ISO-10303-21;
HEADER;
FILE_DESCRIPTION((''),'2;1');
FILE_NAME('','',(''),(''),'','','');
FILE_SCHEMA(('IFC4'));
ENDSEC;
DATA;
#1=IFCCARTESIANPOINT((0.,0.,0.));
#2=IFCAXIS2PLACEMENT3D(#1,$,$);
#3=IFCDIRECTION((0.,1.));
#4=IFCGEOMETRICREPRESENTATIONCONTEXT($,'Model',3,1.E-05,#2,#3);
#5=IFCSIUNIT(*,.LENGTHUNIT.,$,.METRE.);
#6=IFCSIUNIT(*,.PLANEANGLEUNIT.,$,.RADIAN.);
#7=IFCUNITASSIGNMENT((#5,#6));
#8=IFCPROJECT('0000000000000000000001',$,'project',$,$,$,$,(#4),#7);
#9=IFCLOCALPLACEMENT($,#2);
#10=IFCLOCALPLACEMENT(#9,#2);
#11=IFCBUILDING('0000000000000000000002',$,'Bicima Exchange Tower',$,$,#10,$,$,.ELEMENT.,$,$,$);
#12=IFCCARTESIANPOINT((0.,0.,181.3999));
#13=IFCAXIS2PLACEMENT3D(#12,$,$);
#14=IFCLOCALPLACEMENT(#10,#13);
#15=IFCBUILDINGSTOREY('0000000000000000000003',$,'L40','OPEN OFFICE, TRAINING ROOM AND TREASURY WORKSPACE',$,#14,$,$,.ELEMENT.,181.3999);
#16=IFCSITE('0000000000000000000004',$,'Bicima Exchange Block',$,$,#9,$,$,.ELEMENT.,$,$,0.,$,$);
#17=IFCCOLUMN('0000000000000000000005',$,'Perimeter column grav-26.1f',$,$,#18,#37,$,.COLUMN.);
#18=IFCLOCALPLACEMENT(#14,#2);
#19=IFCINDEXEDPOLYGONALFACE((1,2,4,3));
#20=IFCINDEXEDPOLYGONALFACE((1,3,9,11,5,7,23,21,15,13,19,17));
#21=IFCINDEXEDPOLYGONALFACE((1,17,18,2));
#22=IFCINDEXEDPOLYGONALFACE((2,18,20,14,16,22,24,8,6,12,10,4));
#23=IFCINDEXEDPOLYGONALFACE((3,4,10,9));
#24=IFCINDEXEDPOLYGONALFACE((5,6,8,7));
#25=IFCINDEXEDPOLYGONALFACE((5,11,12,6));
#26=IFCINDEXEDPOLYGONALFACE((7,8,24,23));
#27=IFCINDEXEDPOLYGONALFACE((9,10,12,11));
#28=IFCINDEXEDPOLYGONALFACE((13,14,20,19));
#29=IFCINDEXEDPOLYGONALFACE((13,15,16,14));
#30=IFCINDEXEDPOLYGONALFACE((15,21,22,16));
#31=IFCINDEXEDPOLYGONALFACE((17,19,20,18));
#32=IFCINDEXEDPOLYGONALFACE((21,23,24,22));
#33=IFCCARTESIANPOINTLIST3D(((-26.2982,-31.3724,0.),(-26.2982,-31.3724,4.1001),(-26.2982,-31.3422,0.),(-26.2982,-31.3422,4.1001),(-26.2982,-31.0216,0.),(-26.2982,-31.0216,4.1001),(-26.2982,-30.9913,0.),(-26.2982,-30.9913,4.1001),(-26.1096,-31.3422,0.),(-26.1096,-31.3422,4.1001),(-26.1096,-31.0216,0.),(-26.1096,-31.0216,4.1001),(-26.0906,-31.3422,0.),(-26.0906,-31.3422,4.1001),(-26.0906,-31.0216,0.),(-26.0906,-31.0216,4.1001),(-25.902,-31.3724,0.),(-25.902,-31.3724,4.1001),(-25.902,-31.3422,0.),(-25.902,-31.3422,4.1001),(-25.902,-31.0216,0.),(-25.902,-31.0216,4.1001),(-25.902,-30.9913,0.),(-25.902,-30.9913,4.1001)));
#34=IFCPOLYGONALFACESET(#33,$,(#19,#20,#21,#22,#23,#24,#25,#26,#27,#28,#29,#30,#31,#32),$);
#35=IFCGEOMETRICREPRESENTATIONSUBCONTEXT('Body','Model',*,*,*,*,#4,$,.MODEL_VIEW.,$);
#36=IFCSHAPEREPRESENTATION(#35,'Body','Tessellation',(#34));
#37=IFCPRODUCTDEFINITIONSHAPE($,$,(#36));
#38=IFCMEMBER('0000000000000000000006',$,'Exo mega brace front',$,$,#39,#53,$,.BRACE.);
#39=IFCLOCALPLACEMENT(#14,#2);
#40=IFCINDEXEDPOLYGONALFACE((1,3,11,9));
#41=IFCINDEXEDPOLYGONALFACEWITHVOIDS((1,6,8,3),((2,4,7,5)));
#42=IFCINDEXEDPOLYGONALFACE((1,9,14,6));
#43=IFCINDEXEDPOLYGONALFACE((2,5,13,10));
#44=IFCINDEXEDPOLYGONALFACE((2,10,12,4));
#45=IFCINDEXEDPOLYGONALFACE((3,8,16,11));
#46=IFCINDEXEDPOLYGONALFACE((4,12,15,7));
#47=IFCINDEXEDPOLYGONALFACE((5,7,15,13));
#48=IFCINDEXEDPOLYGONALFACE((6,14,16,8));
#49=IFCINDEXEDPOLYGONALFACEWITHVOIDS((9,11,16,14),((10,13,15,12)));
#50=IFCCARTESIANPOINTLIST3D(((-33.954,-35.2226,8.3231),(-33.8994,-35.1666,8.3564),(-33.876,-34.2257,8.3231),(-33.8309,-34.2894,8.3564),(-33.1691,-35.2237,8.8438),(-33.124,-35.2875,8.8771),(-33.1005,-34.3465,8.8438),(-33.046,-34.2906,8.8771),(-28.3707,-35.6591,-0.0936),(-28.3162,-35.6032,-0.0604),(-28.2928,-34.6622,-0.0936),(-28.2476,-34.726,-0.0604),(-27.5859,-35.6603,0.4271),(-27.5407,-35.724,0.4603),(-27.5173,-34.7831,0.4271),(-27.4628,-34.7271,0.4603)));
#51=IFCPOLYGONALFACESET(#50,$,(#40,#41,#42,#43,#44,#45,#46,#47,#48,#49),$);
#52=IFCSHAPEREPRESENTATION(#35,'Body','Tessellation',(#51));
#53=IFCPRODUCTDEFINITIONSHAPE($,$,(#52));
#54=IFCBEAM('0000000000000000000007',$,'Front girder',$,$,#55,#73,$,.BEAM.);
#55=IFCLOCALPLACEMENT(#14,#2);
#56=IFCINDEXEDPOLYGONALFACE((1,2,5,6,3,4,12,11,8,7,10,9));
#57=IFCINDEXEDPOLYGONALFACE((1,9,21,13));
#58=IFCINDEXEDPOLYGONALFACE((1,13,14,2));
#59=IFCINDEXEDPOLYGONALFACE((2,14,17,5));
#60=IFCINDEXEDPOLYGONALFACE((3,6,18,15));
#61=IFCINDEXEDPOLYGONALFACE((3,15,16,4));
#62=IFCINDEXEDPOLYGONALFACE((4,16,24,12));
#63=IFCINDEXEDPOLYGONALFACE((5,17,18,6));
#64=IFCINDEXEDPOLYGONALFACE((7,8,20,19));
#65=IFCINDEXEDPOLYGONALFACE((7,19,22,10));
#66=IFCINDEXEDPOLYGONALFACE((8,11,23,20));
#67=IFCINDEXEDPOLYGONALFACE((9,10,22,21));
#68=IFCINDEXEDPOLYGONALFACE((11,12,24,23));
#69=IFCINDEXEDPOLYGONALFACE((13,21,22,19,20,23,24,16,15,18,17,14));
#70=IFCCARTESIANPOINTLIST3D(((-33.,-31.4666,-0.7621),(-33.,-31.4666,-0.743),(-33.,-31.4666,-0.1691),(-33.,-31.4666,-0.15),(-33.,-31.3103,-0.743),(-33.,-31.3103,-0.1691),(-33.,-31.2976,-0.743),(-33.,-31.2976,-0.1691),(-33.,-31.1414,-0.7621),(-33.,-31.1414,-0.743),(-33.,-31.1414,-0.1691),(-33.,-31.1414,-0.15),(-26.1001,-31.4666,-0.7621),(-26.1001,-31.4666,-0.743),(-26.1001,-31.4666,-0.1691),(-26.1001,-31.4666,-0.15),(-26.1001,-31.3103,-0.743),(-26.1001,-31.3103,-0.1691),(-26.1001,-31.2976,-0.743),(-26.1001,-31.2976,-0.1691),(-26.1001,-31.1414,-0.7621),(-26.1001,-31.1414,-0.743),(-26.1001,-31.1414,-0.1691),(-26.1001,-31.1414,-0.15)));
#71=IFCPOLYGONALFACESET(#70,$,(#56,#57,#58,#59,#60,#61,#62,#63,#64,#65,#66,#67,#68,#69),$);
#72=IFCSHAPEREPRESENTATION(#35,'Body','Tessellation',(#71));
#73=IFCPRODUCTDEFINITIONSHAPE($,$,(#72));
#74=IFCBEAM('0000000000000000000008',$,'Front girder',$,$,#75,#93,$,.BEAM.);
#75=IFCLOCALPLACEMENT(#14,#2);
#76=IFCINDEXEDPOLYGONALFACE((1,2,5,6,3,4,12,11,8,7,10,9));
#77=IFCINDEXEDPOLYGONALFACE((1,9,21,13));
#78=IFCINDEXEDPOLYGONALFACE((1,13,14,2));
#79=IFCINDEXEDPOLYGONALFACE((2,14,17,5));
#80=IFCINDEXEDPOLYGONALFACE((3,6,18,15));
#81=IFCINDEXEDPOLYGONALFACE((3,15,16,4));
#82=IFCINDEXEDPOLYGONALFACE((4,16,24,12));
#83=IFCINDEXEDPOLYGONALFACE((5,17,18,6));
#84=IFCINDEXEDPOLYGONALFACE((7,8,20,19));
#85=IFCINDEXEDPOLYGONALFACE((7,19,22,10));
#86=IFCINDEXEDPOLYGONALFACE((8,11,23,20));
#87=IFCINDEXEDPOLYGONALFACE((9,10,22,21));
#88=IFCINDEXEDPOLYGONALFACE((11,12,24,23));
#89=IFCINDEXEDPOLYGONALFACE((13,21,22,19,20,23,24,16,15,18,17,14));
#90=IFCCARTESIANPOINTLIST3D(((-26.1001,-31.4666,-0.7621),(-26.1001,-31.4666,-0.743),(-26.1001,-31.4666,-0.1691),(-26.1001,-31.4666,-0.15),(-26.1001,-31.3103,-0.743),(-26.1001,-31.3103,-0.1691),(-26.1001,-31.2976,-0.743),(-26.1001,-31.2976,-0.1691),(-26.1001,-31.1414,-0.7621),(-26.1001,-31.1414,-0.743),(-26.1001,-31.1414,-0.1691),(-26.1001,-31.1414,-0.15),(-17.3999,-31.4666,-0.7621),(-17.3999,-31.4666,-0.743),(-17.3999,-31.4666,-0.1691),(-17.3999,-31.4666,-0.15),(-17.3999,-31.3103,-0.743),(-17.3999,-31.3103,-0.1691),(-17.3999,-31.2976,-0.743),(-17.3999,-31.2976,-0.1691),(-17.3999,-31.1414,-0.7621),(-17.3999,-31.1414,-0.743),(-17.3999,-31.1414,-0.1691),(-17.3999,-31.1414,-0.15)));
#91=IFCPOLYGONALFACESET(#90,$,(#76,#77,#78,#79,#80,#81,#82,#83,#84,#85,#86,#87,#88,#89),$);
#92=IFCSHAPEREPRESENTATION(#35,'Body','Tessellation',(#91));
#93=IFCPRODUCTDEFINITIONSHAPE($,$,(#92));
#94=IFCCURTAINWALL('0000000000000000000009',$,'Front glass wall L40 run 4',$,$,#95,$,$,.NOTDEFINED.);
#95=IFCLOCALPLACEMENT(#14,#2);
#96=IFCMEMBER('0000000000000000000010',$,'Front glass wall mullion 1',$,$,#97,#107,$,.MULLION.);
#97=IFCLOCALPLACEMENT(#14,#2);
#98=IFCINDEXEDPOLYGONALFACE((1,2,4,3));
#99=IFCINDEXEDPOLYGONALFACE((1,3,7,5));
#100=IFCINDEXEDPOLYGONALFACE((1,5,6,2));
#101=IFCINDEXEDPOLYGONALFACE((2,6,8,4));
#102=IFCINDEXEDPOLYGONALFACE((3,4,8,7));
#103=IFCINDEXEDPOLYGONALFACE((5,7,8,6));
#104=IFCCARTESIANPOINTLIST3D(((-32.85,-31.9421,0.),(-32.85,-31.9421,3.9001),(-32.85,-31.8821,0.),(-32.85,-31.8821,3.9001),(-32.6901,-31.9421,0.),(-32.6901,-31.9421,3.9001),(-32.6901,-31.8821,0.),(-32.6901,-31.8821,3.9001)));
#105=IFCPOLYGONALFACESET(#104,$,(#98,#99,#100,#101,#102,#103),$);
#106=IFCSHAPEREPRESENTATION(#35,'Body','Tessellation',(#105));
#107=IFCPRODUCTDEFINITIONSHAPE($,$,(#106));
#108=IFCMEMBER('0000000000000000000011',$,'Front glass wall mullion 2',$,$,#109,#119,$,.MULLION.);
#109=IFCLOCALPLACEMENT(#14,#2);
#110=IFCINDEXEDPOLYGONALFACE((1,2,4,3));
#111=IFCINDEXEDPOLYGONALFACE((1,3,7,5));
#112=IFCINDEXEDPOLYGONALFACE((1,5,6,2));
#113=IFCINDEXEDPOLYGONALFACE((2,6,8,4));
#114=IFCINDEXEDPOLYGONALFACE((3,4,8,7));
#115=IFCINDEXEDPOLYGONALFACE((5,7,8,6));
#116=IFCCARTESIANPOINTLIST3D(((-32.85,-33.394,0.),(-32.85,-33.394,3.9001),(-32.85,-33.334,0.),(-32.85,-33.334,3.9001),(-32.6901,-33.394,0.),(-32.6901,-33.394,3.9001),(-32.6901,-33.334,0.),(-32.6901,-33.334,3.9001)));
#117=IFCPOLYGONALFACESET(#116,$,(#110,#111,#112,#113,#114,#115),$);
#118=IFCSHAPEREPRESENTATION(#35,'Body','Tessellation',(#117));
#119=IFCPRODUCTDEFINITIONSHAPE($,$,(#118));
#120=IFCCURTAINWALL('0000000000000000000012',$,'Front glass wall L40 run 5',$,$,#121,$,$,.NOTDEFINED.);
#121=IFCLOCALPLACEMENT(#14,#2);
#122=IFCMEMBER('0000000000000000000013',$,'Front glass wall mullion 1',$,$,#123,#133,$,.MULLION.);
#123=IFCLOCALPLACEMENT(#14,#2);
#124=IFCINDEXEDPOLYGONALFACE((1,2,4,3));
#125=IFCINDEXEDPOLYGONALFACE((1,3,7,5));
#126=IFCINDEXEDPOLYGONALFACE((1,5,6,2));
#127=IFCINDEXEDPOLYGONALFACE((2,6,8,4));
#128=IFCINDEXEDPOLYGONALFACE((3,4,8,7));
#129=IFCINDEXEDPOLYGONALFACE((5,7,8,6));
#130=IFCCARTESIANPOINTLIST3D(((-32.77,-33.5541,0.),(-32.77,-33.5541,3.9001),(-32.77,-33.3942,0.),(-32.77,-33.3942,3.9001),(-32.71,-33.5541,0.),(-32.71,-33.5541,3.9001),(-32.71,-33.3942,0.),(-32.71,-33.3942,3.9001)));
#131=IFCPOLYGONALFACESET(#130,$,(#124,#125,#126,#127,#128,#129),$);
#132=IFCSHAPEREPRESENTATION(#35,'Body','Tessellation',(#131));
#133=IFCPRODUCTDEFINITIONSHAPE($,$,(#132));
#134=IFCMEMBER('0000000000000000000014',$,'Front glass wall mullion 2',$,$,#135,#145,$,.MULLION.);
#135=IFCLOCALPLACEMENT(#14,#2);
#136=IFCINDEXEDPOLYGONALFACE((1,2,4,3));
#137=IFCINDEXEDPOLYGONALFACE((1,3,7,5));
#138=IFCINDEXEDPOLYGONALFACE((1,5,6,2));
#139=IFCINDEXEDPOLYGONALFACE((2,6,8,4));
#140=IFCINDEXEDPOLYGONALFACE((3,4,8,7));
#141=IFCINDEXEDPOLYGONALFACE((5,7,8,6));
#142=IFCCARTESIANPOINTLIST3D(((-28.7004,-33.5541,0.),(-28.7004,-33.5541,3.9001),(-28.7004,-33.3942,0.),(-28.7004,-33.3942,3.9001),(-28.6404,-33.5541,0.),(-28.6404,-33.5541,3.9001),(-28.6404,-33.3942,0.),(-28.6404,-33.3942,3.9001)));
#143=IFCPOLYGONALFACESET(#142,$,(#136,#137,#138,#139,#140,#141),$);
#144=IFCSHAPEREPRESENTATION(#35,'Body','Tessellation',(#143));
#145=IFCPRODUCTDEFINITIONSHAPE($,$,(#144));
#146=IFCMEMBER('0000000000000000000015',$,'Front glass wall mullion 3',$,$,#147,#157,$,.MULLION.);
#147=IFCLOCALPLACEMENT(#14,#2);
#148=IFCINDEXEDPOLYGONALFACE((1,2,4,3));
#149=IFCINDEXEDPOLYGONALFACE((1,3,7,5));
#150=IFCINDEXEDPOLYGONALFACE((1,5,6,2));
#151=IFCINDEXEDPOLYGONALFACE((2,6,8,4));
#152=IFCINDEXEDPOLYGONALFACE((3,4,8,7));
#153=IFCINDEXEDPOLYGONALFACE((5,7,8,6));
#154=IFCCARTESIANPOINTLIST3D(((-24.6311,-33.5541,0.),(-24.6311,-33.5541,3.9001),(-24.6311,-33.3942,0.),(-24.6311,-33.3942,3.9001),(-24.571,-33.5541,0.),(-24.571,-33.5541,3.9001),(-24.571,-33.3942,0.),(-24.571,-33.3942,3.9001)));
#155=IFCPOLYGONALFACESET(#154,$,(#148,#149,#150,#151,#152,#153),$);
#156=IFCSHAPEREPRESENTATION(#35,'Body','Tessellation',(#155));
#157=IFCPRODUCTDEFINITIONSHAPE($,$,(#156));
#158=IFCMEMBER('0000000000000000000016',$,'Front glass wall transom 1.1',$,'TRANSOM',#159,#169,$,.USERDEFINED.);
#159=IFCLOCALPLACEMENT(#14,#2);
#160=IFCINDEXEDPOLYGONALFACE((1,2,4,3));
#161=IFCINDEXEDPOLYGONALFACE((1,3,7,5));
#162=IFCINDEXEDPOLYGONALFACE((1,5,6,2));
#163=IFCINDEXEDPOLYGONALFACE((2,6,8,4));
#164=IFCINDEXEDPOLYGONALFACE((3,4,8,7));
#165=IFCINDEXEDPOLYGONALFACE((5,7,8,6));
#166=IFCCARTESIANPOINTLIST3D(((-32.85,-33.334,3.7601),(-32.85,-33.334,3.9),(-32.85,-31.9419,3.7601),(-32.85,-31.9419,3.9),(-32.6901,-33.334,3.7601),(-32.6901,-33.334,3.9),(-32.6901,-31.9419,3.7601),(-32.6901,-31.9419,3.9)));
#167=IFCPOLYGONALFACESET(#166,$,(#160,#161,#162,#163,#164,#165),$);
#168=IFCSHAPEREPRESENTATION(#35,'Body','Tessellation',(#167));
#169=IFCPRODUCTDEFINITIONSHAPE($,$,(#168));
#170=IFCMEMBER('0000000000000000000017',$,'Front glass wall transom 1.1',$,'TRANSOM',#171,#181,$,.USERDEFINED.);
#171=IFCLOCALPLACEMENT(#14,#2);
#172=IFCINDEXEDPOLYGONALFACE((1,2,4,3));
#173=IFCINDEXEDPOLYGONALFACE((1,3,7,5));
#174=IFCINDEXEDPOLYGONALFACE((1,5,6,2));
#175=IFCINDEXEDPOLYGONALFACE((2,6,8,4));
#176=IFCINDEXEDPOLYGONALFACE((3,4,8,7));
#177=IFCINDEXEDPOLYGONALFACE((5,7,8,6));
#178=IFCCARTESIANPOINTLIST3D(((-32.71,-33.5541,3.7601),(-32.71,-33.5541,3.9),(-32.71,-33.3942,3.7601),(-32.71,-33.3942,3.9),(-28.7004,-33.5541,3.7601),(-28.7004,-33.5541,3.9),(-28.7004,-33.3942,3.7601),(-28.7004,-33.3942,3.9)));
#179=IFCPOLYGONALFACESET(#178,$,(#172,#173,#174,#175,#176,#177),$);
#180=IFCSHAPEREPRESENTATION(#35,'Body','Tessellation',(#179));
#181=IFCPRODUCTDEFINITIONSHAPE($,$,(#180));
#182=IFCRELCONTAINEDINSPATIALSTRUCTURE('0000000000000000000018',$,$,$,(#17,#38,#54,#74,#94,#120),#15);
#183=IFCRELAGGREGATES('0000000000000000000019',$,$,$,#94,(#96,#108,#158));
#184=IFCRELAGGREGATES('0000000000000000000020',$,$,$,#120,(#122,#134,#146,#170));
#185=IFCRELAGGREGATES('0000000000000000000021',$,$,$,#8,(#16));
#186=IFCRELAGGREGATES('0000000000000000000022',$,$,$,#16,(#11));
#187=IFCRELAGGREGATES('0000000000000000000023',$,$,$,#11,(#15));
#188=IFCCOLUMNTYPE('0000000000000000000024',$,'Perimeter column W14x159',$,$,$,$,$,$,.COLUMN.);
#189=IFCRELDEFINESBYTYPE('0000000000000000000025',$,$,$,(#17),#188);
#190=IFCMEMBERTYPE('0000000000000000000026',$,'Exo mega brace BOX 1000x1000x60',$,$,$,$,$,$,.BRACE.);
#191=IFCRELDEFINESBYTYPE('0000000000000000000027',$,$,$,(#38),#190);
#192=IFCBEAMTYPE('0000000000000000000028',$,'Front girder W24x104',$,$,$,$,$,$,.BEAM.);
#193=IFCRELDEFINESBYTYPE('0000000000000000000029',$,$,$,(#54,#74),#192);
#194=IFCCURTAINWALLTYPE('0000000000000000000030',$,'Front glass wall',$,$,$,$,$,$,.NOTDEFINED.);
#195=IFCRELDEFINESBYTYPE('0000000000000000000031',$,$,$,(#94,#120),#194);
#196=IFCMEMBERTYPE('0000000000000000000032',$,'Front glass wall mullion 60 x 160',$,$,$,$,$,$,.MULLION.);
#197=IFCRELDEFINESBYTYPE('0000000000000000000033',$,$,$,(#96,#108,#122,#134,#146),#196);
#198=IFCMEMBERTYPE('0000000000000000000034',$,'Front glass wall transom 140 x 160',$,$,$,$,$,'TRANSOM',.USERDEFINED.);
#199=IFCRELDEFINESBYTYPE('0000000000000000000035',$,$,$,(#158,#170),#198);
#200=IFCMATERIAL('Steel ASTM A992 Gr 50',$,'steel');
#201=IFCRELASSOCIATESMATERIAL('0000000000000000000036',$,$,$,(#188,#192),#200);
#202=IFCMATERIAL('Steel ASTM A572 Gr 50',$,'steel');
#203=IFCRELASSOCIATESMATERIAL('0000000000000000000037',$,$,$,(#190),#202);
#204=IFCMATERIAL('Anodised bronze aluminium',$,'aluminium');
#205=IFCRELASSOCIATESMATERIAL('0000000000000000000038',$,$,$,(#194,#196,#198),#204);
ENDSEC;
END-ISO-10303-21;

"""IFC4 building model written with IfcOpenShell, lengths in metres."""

from ifc_helpers import new_model, si_unit, direction, frame, origin, origin_2d, place, context, subcontext, project, spatial, rectangle, hollow_rectangle, i_section, extrude, material, material_profile, profile_set, type_object, element, aggregate, save


model = new_model("IFC4")

# Units and contexts
model_context = context("Model", 3, precision=1e-05, world=origin(), true_north=direction((0.0, 1.0)))
body_context = subcontext(model_context, "Body", "Model", "MODEL_VIEW")
ifc_project = project(units=[si_unit("LENGTHUNIT", "METRE"), si_unit("PLANEANGLEUNIT", "RADIAN")], contexts=[model_context])

# Site, building, storey
site_placement = place(None, origin())
site = spatial("IfcSite", under=ifc_project, at=site_placement, Name="Bicima Exchange Block", CompositionType="ELEMENT", RefElevation=0.0)
building_placement = place(site_placement, origin())
building = spatial("IfcBuilding", under=site, at=building_placement, Name="Bicima Exchange Tower", CompositionType="ELEMENT")
storey_placement = place(building_placement, frame((0.0, 0.0, 181.3999)))
storey = spatial("IfcBuildingStorey", under=building, at=storey_placement, Name="L40", Description="OPEN OFFICE, TRAINING ROOM AND TREASURY WORKSPACE", CompositionType="ELEMENT", Elevation=181.3999)

# Column
ifc_material_1 = material(Name="Steel ASTM A992 Gr 50", Category="steel")
ifc_material_profile_1 = material_profile(ifc_material_1, i_section(OverallWidth=0.3962, OverallDepth=0.3811, WebThickness=0.019, FlangeThickness=0.0303, at=origin_2d()))
ifc_profile_set_1 = profile_set([ifc_material_profile_1], Name="Steel ASTM A992 Gr 50")
column_type = type_object("IfcColumnType", Name="Perimeter column W14x159", PredefinedType="COLUMN", material=ifc_profile_set_1)
column_placement = place(storey_placement, frame((-26.1001, -31.1819, 0.0), z_axis=(0.0, 0.0, 1.0), x_axis=(1.0, 0.0, 0.0)))
element("IfcColumn", 1, at=column_placement, inside=storey, type_object=column_type, Name="Perimeter column grav-26.1f", PredefinedType="COLUMN", context=body_context, shape_type="SweptSolid", body=[
    extrude(i_section(OverallWidth=0.3962, OverallDepth=0.3811, WebThickness=0.019, FlangeThickness=0.0303, at=origin_2d()), origin(), (0.0, 0.0, 1.0), 4.1001),
])

# Member
ifc_material_2 = material(Name="Steel ASTM A572 Gr 50", Category="steel")
ifc_material_profile_2 = material_profile(ifc_material_2, hollow_rectangle(XDim=1.0, YDim=1.0, WallThickness=0.0601, at=origin_2d()))
ifc_profile_set_2 = profile_set([ifc_material_profile_2], Name="Steel ASTM A572 Gr 50")
member_type_1 = type_object("IfcMemberType", Name="Exo mega brace BOX 1000x1000x60", PredefinedType="BRACE", material=ifc_profile_set_2)
member_1_placement = place(storey_placement, frame((-27.9167, -35.1931, 0.1833), z_axis=(-0.55227, 0.043179, 0.832546), x_axis=(-0.077947, -0.996958, 0.0)))
element("IfcMember", 2, at=member_1_placement, inside=storey, type_object=member_type_1, Name="Exo mega brace front", PredefinedType="BRACE", context=body_context, shape_type="SweptSolid", body=[
    extrude(hollow_rectangle(XDim=1.0, YDim=1.0, WallThickness=0.0601, at=origin_2d()), origin(), (0.0, 0.0, 1.0), 10.1096),
])

# Beams
ifc_material_profile_3 = material_profile(ifc_material_1, i_section(OverallWidth=0.3252, OverallDepth=0.6121, WebThickness=0.0127, FlangeThickness=0.019, at=origin_2d()))
ifc_profile_set_3 = profile_set([ifc_material_profile_3], Name="Steel ASTM A992 Gr 50")
beam_type = type_object("IfcBeamType", Name="Front girder W24x104", PredefinedType="BEAM", material=ifc_profile_set_3)
beam_1_placement = place(storey_placement, frame((-33.0, -31.304, -0.4561), z_axis=(1.0, 0.0, 0.0), x_axis=(0.0, 1.0, 0.0)))
element("IfcBeam", 3, at=beam_1_placement, inside=storey, type_object=beam_type, Name="Front girder", PredefinedType="BEAM", context=body_context, shape_type="SweptSolid", body=[
    extrude(i_section(OverallWidth=0.3252, OverallDepth=0.6121, WebThickness=0.0127, FlangeThickness=0.019, at=origin_2d()), origin(), (0.0, 0.0, 1.0), 6.8999),
])
beam_2_placement = place(storey_placement, frame((-26.1001, -31.304, -0.4561), z_axis=(1.0, 0.0, 0.0), x_axis=(0.0, 1.0, 0.0)))
element("IfcBeam", 4, at=beam_2_placement, inside=storey, type_object=beam_type, Name="Front girder", PredefinedType="BEAM", context=body_context, shape_type="SweptSolid", body=[
    extrude(i_section(OverallWidth=0.3252, OverallDepth=0.6121, WebThickness=0.0127, FlangeThickness=0.019, at=origin_2d()), origin(), (0.0, 0.0, 1.0), 8.7002),
])

# Curtain walls, members
ifc_material_3 = material(Name="Anodised bronze aluminium", Category="aluminium")
curtain_wall_type = type_object("IfcCurtainWallType", Name="Front glass wall", PredefinedType="NOTDEFINED", material=ifc_material_3)
curtain_wall_1_placement = place(storey_placement, origin())
curtain_wall_1 = element("IfcCurtainWall", 5, at=curtain_wall_1_placement, inside=storey, type_object=curtain_wall_type, Name="Front glass wall L40 run 4", PredefinedType="NOTDEFINED")
ifc_material_profile_4 = material_profile(ifc_material_3, rectangle(XDim=0.1599, YDim=0.0601, at=origin_2d()))
ifc_profile_set_4 = profile_set([ifc_material_profile_4], Name="Anodised bronze aluminium")
member_type_2 = type_object("IfcMemberType", Name="Front glass wall mullion 60 x 160", PredefinedType="MULLION", material=ifc_profile_set_4)
member_2_placement = place(storey_placement, frame((-32.77, -31.9121, 0.0), z_axis=(0.0, 0.0, 1.0), x_axis=(1.0, 0.0, 0.0)))
member_2 = element("IfcMember", 6, at=member_2_placement, type_object=member_type_2, Name="Front glass wall mullion 1", PredefinedType="MULLION", context=body_context, shape_type="SweptSolid", body=[
    extrude(rectangle(XDim=0.1599, YDim=0.0601, at=origin_2d()), origin(), (0.0, 0.0, 1.0), 3.9001),
])
member_3_placement = place(storey_placement, frame((-32.77, -33.364, 0.0), z_axis=(0.0, 0.0, 1.0), x_axis=(1.0, 0.0, 0.0)))
member_3 = element("IfcMember", 7, at=member_3_placement, type_object=member_type_2, Name="Front glass wall mullion 2", PredefinedType="MULLION", context=body_context, shape_type="SweptSolid", body=[
    extrude(rectangle(XDim=0.1599, YDim=0.0601, at=origin_2d()), origin(), (0.0, 0.0, 1.0), 3.9001),
])
curtain_wall_2_placement = place(storey_placement, origin())
curtain_wall_2 = element("IfcCurtainWall", 8, at=curtain_wall_2_placement, inside=storey, type_object=curtain_wall_type, Name="Front glass wall L40 run 5", PredefinedType="NOTDEFINED")
member_4_placement = place(storey_placement, frame((-32.74, -33.4741, 0.0), z_axis=(0.0, 0.0, 1.0), x_axis=(0.0, 1.0, 0.0)))
member_4 = element("IfcMember", 9, at=member_4_placement, type_object=member_type_2, Name="Front glass wall mullion 1", PredefinedType="MULLION", context=body_context, shape_type="SweptSolid", body=[
    extrude(rectangle(XDim=0.1599, YDim=0.0601, at=origin_2d()), origin(), (0.0, 0.0, 1.0), 3.9001),
])
member_5_placement = place(storey_placement, frame((-28.6704, -33.4741, 0.0), z_axis=(0.0, 0.0, 1.0), x_axis=(0.0, 1.0, 0.0)))
member_5 = element("IfcMember", 10, at=member_5_placement, type_object=member_type_2, Name="Front glass wall mullion 2", PredefinedType="MULLION", context=body_context, shape_type="SweptSolid", body=[
    extrude(rectangle(XDim=0.1599, YDim=0.0601, at=origin_2d()), origin(), (0.0, 0.0, 1.0), 3.9001),
])
member_6_placement = place(storey_placement, frame((-24.6011, -33.4741, 0.0), z_axis=(0.0, 0.0, 1.0), x_axis=(0.0, 1.0, 0.0)))
member_6 = element("IfcMember", 11, at=member_6_placement, type_object=member_type_2, Name="Front glass wall mullion 3", PredefinedType="MULLION", context=body_context, shape_type="SweptSolid", body=[
    extrude(rectangle(XDim=0.1599, YDim=0.0601, at=origin_2d()), origin(), (0.0, 0.0, 1.0), 3.9001),
])

# Members
ifc_material_profile_5 = material_profile(ifc_material_3, rectangle(XDim=0.1599, YDim=0.1399, at=origin_2d()))
ifc_profile_set_5 = profile_set([ifc_material_profile_5], Name="Anodised bronze aluminium")
member_type_3 = type_object("IfcMemberType", Name="Front glass wall transom 140 x 160", ElementType="TRANSOM", PredefinedType="USERDEFINED", material=ifc_profile_set_5)
member_7_placement = place(storey_placement, frame((-32.77, -31.9419, 3.8301), z_axis=(0.0, -1.0, 0.0), x_axis=(1.0, 0.0, 0.0)))
member_7 = element("IfcMember", 12, at=member_7_placement, type_object=member_type_3, Name="Front glass wall transom 1.1", ObjectType="TRANSOM", PredefinedType="USERDEFINED", context=body_context, shape_type="SweptSolid", body=[
    extrude(rectangle(XDim=0.1599, YDim=0.1399, at=origin_2d()), origin(), (0.0, 0.0, 1.0), 1.3921),
])
member_8_placement = place(storey_placement, frame((-32.71, -33.4741, 3.8301), z_axis=(1.0, 0.0, 0.0), x_axis=(0.0, 1.0, 0.0)))
member_8 = element("IfcMember", 13, at=member_8_placement, type_object=member_type_3, Name="Front glass wall transom 1.1", ObjectType="TRANSOM", PredefinedType="USERDEFINED", context=body_context, shape_type="SweptSolid", body=[
    extrude(rectangle(XDim=0.1599, YDim=0.1399, at=origin_2d()), origin(), (0.0, 0.0, 1.0), 4.0095),
])

aggregate(curtain_wall_1, [member_2, member_3, member_7])
aggregate(curtain_wall_2, [member_4, member_5, member_6, member_8])

save(model, "model.ifc")
